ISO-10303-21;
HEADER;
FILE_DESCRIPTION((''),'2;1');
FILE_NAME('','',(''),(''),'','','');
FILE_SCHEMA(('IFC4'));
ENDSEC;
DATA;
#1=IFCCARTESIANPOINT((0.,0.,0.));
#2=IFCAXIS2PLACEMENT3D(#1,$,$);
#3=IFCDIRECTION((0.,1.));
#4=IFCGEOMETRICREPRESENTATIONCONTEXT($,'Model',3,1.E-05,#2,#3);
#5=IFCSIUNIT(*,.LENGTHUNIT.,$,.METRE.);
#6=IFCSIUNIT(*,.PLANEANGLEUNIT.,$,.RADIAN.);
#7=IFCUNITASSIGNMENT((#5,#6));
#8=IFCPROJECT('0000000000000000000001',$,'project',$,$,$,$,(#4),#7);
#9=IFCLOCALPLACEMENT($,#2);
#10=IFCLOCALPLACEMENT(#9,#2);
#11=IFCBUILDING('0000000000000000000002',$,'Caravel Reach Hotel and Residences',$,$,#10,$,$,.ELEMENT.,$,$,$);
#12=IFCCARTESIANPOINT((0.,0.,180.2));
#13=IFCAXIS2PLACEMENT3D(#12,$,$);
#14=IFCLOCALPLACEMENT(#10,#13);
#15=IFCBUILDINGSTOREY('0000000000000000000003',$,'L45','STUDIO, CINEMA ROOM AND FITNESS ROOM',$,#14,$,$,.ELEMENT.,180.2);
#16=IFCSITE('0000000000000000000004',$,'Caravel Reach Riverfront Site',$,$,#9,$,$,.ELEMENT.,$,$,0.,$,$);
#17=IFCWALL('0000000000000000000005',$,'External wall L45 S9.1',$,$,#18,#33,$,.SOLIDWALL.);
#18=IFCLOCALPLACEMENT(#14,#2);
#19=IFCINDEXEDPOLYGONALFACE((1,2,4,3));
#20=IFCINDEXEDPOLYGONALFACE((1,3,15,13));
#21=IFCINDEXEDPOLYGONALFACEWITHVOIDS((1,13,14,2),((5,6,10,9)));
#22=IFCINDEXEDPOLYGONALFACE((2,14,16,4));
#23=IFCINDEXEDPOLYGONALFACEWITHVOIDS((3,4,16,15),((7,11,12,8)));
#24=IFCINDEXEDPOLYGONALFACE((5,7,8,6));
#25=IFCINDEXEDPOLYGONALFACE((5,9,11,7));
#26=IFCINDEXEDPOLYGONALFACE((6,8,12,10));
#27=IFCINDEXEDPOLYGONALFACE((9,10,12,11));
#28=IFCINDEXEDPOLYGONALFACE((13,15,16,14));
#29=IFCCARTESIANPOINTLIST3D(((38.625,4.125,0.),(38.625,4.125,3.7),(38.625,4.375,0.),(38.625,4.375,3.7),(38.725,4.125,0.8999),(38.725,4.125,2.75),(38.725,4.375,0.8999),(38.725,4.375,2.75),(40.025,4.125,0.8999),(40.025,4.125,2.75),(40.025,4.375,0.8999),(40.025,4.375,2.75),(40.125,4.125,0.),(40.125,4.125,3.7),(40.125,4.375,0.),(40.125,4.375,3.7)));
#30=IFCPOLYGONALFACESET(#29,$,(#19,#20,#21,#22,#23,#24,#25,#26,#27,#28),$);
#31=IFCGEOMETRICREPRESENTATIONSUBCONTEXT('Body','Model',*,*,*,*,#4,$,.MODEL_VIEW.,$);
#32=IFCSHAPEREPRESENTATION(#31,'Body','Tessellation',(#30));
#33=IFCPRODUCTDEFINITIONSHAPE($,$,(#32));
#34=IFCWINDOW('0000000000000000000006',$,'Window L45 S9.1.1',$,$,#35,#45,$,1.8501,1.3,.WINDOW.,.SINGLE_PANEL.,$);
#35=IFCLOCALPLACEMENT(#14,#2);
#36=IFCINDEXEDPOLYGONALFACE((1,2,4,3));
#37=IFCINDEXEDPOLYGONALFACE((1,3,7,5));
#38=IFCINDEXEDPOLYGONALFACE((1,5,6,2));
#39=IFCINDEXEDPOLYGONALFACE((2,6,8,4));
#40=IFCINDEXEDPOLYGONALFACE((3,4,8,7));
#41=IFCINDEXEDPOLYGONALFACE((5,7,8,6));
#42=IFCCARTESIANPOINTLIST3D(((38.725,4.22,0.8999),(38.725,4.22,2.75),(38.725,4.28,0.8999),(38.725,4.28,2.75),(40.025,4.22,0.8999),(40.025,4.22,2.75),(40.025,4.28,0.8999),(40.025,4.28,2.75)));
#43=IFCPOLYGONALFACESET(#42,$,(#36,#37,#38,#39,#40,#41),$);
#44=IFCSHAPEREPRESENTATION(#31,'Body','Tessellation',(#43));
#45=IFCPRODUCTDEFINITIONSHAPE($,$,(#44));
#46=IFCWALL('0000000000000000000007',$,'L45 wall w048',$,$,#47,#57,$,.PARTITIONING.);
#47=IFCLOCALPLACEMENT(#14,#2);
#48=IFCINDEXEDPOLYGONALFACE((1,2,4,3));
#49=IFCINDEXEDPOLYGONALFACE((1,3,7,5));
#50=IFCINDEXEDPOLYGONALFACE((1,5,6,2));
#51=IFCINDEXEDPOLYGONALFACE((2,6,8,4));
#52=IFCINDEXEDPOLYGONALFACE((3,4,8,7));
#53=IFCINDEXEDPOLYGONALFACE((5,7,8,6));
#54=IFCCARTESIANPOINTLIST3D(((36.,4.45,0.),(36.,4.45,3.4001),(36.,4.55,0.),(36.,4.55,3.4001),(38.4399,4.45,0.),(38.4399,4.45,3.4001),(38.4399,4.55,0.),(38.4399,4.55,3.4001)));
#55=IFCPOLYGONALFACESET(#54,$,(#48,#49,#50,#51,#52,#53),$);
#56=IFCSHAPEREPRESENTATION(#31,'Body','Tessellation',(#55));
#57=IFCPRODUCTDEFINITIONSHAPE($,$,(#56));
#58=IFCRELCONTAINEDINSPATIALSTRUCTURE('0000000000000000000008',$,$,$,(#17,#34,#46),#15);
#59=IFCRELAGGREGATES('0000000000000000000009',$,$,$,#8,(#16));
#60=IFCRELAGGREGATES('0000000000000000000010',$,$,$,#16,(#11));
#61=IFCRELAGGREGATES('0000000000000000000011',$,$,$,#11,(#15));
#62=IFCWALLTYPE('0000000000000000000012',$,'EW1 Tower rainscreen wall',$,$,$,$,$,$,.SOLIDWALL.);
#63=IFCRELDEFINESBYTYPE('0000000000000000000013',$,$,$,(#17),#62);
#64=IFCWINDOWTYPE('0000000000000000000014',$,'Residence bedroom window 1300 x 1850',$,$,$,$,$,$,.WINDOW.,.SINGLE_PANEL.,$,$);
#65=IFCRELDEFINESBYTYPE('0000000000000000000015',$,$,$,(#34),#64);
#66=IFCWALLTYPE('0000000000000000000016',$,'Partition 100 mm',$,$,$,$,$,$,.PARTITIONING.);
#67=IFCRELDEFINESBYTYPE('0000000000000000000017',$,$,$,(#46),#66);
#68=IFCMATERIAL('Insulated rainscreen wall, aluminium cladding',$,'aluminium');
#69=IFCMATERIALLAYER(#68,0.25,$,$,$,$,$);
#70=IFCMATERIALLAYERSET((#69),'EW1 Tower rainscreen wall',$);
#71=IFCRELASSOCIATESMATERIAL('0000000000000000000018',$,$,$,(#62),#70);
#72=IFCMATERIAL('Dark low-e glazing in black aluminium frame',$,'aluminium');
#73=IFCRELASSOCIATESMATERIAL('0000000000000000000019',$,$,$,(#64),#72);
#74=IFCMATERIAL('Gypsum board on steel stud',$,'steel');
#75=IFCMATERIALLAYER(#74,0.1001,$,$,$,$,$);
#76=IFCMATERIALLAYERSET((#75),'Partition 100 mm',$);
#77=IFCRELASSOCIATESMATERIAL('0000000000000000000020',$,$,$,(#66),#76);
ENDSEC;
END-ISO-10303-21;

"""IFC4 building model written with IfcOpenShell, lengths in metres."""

from ifc_helpers import new_model, si_unit, direction, frame, frame_2d, origin, place, context, subcontext, project, spatial, rectangle, extrude, material, layer, layer_set, type_object, element, fill, save


model = new_model("IFC4")

# Units and contexts
model_context = context("Model", 3, precision=1e-05, world=origin(), true_north=direction((0.0, 1.0)))
body_context = subcontext(model_context, "Body", "Model", "MODEL_VIEW")
ifc_project = project(units=[si_unit("LENGTHUNIT", "METRE"), si_unit("PLANEANGLEUNIT", "RADIAN")], contexts=[model_context])

# Site, building, storey
site_placement = place(None, origin())
site = spatial("IfcSite", under=ifc_project, at=site_placement, Name="Caravel Reach Riverfront Site", CompositionType="ELEMENT", RefElevation=0.0)
building_placement = place(site_placement, origin())
building = spatial("IfcBuilding", under=site, at=building_placement, Name="Caravel Reach Hotel and Residences", CompositionType="ELEMENT")
storey_placement = place(building_placement, frame((0.0, 0.0, 180.2)))
storey = spatial("IfcBuildingStorey", under=building, at=storey_placement, Name="L45", Description="STUDIO, CINEMA ROOM AND FITNESS ROOM", CompositionType="ELEMENT", Elevation=180.2)

# Shared definitions
ifc_material_1 = material(Name="Insulated rainscreen wall, aluminium cladding", Category="aluminium")
ifc_layer_1 = layer(ifc_material_1, 0.25)
ifc_layer_set_1 = layer_set([ifc_layer_1], Name="EW1 Tower rainscreen wall")
wall_type_1 = type_object("IfcWallType", Name="EW1 Tower rainscreen wall", PredefinedType="SOLIDWALL", material=ifc_layer_set_1)

# Wall, opening, window
ifc_material_2 = material(Name="Dark low-e glazing in black aluminium frame", Category="aluminium")
window_type_1 = type_object("IfcWindowType", Name="Residence bedroom window 1300 x 1850", PartitioningType="SINGLE_PANEL", PredefinedType="WINDOW", material=ifc_material_2)
wall_1_placement = place(storey_placement, frame((38.625, 4.25, 0.0), z_axis=(0.0, 0.0, 1.0), x_axis=(1.0, 0.0, 0.0)))
wall_1 = element("IfcWall", 1, at=wall_1_placement, inside=storey, type_object=wall_type_1, Name="External wall L45 S9.1", PredefinedType="SOLIDWALL", context=body_context, shape_type="SweptSolid", body=[
    extrude(rectangle(XDim=1.5, YDim=0.25, at=frame_2d((0.75, 0.0))), origin(), (0.0, 0.0, 1.0), 3.7),
])
opening_1_placement = place(wall_1_placement, frame((0.1001, 0.0, 0.8999)))
opening_1 = element("IfcOpeningElement", 2, at=opening_1_placement, cuts=wall_1, PredefinedType="OPENING", context=body_context, shape_type="SweptSolid", body=[
    extrude(rectangle(XDim=1.3, YDim=1.8501, at=frame_2d((0.6499, 0.925))), frame((0.0, 0.135, 0.0), z_axis=(0.0, -1.0, 0.0), x_axis=(1.0, 0.0, 0.0)), (0.0, 0.0, 1.0), 0.27),
])
window_1_placement = place(opening_1_placement, origin())
window_1 = element("IfcWindow", 3, at=window_1_placement, inside=storey, type_object=window_type_1, Name="Window L45 S9.1.1", OverallHeight=1.8501, OverallWidth=1.3, PartitioningType="SINGLE_PANEL", PredefinedType="WINDOW", context=body_context, shape_type="SweptSolid", body=[
    extrude(rectangle(XDim=1.3, YDim=1.8501, at=frame_2d((0.6499, 0.925))), frame((0.0, 0.03, 0.0), z_axis=(0.0, -1.0, 0.0), x_axis=(1.0, 0.0, 0.0)), (0.0, 0.0, 1.0), 0.0601),
])
fill(opening_1, window_1)

# Wall
ifc_material_3 = material(Name="Gypsum board on steel stud", Category="steel")
ifc_layer_2 = layer(ifc_material_3, 0.1001)
ifc_layer_set_2 = layer_set([ifc_layer_2], Name="Partition 100 mm")
wall_type_2 = type_object("IfcWallType", Name="Partition 100 mm", PredefinedType="PARTITIONING", material=ifc_layer_set_2)
wall_2_placement = place(storey_placement, frame((36.0, 4.5, 0.0), z_axis=(0.0, 0.0, 1.0), x_axis=(1.0, 0.0, 0.0)))
element("IfcWall", 4, at=wall_2_placement, inside=storey, type_object=wall_type_2, Name="L45 wall w048", PredefinedType="PARTITIONING", context=body_context, shape_type="SweptSolid", body=[
    extrude(rectangle(XDim=2.4399, YDim=0.1001, at=frame_2d((1.22, 0.0))), origin(), (0.0, 0.0, 1.0), 3.4001),
])

save(model, "model.ifc")
